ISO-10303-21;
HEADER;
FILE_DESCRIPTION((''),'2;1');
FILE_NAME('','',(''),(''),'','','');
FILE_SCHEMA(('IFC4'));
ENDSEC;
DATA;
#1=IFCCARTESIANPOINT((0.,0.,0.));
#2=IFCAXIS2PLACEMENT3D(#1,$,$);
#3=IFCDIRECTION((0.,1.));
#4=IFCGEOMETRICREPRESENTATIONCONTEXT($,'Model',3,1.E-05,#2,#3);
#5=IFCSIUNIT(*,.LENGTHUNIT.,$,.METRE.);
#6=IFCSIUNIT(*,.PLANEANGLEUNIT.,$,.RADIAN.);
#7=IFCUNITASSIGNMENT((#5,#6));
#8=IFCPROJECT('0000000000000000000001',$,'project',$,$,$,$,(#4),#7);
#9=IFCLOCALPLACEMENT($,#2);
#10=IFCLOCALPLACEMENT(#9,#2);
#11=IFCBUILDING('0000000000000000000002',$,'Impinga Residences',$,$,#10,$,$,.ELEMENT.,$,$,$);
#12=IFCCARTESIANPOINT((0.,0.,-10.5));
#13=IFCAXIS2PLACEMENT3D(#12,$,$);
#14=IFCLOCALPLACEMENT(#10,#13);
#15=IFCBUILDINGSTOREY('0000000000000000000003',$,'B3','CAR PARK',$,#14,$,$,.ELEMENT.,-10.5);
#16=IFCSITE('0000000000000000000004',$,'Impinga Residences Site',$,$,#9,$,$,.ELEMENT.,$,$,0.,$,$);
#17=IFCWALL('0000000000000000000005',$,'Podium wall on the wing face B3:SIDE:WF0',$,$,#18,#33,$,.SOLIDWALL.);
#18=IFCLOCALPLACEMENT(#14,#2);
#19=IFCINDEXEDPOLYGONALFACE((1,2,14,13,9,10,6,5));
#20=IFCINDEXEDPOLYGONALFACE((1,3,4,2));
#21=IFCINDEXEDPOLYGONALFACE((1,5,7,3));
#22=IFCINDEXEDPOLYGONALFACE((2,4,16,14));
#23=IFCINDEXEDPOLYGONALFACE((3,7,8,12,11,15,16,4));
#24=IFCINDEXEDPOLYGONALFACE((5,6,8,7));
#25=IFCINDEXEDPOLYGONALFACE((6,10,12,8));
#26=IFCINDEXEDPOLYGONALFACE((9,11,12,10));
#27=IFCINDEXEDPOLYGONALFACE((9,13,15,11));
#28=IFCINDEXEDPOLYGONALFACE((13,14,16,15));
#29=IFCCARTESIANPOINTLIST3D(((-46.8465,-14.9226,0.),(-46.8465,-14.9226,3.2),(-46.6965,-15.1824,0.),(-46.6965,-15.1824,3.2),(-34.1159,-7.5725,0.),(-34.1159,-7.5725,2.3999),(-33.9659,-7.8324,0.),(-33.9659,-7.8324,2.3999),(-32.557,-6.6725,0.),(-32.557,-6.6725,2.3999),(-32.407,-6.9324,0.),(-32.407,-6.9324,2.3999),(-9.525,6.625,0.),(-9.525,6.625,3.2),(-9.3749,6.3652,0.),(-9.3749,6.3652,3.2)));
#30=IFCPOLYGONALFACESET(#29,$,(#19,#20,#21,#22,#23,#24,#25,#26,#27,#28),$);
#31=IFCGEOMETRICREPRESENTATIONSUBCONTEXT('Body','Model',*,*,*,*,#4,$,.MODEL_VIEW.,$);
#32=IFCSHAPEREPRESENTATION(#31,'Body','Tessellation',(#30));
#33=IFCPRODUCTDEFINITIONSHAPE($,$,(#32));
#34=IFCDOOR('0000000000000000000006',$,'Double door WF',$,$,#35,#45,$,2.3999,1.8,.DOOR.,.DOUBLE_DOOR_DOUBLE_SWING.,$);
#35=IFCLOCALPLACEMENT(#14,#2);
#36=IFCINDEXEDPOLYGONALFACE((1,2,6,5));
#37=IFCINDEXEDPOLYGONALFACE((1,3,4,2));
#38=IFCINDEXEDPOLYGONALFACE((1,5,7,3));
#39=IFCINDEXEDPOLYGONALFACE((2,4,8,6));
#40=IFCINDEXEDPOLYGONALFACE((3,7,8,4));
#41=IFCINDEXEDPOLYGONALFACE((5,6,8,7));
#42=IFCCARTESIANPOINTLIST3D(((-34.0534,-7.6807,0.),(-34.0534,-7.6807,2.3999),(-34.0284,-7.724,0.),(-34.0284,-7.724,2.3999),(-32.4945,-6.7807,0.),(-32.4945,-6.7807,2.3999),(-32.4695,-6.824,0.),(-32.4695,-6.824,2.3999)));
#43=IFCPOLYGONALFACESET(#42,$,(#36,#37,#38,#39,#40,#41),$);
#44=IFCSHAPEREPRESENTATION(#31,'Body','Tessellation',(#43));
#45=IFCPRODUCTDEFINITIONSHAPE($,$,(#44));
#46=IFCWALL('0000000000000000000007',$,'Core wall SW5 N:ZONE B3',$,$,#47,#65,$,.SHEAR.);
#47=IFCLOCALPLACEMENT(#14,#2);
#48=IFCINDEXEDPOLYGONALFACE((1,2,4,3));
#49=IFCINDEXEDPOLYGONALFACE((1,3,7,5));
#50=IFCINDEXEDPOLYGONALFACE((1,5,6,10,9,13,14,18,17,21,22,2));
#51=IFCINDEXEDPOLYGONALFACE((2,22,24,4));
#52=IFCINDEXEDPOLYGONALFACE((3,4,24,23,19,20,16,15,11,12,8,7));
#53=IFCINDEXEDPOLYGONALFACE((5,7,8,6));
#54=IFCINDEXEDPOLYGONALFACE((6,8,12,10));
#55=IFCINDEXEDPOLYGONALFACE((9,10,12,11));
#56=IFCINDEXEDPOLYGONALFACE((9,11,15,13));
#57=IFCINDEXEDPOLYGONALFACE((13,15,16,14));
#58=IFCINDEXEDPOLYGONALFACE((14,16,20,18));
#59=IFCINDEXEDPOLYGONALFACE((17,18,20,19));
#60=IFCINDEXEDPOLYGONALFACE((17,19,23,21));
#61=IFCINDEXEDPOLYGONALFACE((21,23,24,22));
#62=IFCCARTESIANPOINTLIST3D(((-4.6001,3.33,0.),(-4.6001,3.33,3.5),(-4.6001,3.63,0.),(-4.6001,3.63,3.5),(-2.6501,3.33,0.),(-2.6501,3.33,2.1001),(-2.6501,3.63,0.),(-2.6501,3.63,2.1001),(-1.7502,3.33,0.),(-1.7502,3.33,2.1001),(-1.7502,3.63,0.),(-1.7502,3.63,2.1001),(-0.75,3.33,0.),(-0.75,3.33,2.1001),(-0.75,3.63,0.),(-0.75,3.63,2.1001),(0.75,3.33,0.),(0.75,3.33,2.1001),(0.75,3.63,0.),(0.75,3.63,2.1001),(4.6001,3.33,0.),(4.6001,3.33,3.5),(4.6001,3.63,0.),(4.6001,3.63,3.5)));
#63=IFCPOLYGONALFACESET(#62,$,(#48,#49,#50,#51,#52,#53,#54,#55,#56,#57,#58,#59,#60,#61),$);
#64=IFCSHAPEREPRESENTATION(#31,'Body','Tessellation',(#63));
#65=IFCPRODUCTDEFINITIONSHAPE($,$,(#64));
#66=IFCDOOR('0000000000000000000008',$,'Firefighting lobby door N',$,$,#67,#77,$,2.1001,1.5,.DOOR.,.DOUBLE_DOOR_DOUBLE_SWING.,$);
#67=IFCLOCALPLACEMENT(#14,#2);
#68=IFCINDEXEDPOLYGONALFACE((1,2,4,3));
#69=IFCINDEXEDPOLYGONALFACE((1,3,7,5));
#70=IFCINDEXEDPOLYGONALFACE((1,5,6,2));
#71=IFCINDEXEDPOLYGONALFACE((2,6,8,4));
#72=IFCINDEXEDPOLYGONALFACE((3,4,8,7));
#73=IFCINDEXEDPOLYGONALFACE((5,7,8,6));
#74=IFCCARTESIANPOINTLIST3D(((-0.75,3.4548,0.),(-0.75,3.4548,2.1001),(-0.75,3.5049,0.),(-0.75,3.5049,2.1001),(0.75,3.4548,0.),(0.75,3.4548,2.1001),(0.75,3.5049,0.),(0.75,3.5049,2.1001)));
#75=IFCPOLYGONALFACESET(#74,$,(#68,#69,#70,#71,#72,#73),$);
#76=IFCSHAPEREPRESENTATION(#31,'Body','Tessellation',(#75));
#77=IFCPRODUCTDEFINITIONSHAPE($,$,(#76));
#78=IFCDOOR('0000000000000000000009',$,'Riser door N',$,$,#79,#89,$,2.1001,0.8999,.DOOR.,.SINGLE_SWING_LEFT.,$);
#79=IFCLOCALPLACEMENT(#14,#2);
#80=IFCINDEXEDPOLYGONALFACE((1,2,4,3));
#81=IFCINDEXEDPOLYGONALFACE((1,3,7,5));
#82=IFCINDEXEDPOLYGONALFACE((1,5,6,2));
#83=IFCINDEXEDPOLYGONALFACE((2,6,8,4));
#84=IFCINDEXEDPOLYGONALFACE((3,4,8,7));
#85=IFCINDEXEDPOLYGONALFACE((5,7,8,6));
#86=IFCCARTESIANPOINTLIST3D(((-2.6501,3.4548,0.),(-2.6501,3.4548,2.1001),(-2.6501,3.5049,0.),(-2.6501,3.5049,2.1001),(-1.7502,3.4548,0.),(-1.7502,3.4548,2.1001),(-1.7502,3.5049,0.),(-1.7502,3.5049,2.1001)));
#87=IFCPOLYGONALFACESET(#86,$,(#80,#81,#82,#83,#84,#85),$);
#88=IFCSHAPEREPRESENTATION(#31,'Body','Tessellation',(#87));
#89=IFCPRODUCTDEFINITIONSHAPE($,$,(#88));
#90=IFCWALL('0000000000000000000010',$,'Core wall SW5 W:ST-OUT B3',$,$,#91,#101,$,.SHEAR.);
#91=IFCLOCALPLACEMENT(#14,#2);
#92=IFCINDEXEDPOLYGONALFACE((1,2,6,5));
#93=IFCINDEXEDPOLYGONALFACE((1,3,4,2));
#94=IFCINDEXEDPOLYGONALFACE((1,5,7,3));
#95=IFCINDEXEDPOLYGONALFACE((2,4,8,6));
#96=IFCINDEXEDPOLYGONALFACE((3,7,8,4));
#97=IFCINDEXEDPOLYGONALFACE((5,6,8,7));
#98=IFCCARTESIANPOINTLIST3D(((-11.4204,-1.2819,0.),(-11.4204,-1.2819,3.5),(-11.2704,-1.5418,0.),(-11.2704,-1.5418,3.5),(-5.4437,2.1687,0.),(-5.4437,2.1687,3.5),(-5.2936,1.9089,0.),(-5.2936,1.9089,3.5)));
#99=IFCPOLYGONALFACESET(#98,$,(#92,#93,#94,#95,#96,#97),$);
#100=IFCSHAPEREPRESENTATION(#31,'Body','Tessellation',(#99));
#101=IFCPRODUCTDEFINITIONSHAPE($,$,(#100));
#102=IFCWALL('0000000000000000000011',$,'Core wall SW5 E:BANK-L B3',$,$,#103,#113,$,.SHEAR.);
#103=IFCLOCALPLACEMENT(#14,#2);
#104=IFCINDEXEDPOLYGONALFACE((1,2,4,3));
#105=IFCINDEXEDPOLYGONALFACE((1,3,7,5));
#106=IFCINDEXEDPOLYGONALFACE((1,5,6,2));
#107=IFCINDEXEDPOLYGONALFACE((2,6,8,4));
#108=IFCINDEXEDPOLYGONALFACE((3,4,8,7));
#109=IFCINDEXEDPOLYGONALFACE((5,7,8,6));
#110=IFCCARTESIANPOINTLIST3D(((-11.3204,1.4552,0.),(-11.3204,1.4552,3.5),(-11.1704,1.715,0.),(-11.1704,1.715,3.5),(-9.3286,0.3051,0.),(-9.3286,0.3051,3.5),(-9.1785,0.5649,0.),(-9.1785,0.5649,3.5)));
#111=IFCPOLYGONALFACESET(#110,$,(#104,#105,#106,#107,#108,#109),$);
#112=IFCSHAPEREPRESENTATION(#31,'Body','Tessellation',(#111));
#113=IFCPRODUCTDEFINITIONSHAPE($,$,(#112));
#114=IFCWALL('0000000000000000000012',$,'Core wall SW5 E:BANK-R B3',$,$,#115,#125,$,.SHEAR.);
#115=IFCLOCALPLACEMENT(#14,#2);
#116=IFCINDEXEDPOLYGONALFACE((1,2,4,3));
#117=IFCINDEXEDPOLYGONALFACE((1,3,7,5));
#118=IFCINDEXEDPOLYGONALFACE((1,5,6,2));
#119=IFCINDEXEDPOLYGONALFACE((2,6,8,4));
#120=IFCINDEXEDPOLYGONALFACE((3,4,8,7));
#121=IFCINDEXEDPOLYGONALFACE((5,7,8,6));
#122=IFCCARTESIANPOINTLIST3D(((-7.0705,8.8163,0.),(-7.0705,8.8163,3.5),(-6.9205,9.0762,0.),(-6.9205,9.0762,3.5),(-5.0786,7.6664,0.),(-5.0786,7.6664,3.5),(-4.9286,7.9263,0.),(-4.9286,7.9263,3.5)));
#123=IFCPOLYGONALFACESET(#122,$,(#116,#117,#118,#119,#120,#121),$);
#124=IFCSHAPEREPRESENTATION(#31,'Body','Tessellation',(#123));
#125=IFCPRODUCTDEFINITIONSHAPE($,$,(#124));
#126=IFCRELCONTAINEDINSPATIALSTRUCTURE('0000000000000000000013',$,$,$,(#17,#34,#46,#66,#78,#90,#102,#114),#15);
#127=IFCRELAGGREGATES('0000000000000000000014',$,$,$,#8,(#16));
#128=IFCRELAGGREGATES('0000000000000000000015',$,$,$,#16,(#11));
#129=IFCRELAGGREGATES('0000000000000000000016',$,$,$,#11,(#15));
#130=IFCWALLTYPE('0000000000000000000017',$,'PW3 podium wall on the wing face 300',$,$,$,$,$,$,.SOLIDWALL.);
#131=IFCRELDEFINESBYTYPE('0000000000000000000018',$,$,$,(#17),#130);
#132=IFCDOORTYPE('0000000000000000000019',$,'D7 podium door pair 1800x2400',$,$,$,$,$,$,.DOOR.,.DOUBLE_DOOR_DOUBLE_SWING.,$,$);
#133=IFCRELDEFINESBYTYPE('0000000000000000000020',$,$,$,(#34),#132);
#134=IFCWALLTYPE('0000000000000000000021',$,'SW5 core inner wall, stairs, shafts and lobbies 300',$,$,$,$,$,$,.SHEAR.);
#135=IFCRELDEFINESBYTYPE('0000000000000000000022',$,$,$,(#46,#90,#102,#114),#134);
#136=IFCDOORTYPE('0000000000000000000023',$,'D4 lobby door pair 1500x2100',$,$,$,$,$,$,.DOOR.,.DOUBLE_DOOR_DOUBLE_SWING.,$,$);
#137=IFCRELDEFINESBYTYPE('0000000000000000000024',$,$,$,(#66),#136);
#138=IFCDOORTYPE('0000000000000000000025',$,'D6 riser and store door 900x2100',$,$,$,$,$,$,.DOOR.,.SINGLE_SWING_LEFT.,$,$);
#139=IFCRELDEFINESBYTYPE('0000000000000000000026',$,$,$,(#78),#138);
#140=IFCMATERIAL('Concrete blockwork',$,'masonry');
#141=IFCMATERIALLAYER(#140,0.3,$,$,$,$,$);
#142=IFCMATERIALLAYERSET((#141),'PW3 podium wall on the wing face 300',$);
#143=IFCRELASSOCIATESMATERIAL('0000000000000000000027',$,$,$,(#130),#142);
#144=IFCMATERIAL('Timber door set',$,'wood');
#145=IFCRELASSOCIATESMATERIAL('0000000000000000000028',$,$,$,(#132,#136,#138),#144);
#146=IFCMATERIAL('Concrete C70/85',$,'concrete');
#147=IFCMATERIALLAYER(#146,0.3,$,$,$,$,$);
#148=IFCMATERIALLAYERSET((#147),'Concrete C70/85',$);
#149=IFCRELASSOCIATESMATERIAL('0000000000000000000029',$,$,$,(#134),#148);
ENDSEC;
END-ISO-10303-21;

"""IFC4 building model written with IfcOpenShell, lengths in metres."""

from ifc_helpers import new_model, si_unit, direction, frame, frame_2d, origin, place, context, subcontext, project, spatial, rectangle, extrude, material, layer, layer_set, type_object, element, fill, save


model = new_model("IFC4")

# Units and contexts
model_context = context("Model", 3, precision=1e-05, world=origin(), true_north=direction((0.0, 1.0)))
body_context = subcontext(model_context, "Body", "Model", "MODEL_VIEW")
ifc_project = project(units=[si_unit("LENGTHUNIT", "METRE"), si_unit("PLANEANGLEUNIT", "RADIAN")], contexts=[model_context])

# Site, building, storey
site_placement = place(None, origin())
site = spatial("IfcSite", under=ifc_project, at=site_placement, Name="Impinga Residences Site", CompositionType="ELEMENT", RefElevation=0.0)
building_placement = place(site_placement, origin())
building = spatial("IfcBuilding", under=site, at=building_placement, Name="Impinga Residences", CompositionType="ELEMENT")
storey_placement = place(building_placement, frame((0.0, 0.0, -10.5)))
storey = spatial("IfcBuildingStorey", under=building, at=storey_placement, Name="B3", Description="CAR PARK", CompositionType="ELEMENT", Elevation=-10.5)

# Shared definitions
ifc_material_1 = material(Name="Concrete C70/85", Category="concrete")

# Wall, opening, door
ifc_material_2 = material(Name="Concrete blockwork", Category="masonry")
ifc_layer_1 = layer(ifc_material_2, 0.3)
ifc_layer_set_1 = layer_set([ifc_layer_1], Name="PW3 podium wall on the wing face 300")
wall_type_1 = type_object("IfcWallType", Name="PW3 podium wall on the wing face 300", PredefinedType="SOLIDWALL", material=ifc_layer_set_1)
ifc_material_3 = material(Name="Timber door set", Category="wood")
door_type_1 = type_object("IfcDoorType", Name="D7 podium door pair 1800x2400", OperationType="DOUBLE_DOOR_DOUBLE_SWING", PredefinedType="DOOR", material=ifc_material_3)
wall_1_placement = place(storey_placement, frame((-9.45, 6.4951, 0.0), z_axis=(0.0, 0.0, 1.0), x_axis=(-0.866025, -0.5, 0.0)))
wall_1 = element("IfcWall", 1, at=wall_1_placement, inside=storey, type_object=wall_type_1, Name="Podium wall on the wing face B3:SIDE:WF0", PredefinedType="SOLIDWALL", context=body_context, shape_type="SweptSolid", body=[
    extrude(rectangle(XDim=43.0952, YDim=0.3, at=frame_2d((21.5476, 0.0))), origin(), (0.0, 0.0, 1.0), 3.2),
])
opening_1_placement = place(wall_1_placement, frame((26.5952, 0.0, 0.0)))
opening_1 = element("IfcOpeningElement", 2, at=opening_1_placement, cuts=wall_1, PredefinedType="OPENING", context=body_context, shape_type="SweptSolid", body=[
    extrude(rectangle(XDim=1.8, YDim=2.3999, at=frame_2d((0.8999, 1.2))), frame((0.0, 0.1599, 0.0), z_axis=(0.0, -1.0, 0.0), x_axis=(1.0, 0.0, 0.0)), (0.0, 0.0, 1.0), 0.3201),
])
door_1_placement = place(opening_1_placement, origin())
door_1 = element("IfcDoor", 3, at=door_1_placement, inside=storey, type_object=door_type_1, Name="Double door WF", OperationType="DOUBLE_DOOR_DOUBLE_SWING", OverallHeight=2.3999, OverallWidth=1.8, PredefinedType="DOOR", context=body_context, shape_type="SweptSolid", body=[
    extrude(rectangle(XDim=1.8, YDim=2.3999, at=frame_2d((0.8999, 1.2))), frame((0.0, 0.0249, 0.0), z_axis=(0.0, -1.0, 0.0), x_axis=(1.0, 0.0, 0.0)), (0.0, 0.0, 1.0), 0.05),
])
fill(opening_1, door_1)

# Wall, openings, doors
ifc_layer_2 = layer(ifc_material_1, 0.3)
ifc_layer_set_2 = layer_set([ifc_layer_2], Name="Concrete C70/85")
wall_type_2 = type_object("IfcWallType", Name="SW5 core inner wall, stairs, shafts and lobbies 300", PredefinedType="SHEAR", material=ifc_layer_set_2)
wall_2_placement = place(storey_placement, frame((-4.6001, 3.48, 0.0), z_axis=(0.0, 0.0, 1.0), x_axis=(1.0, 0.0, 0.0)))
wall_2 = element("IfcWall", 4, at=wall_2_placement, inside=storey, type_object=wall_type_2, Name="Core wall SW5 N:ZONE B3", PredefinedType="SHEAR", context=body_context, shape_type="SweptSolid", body=[
    extrude(rectangle(XDim=9.2002, YDim=0.3, at=frame_2d((4.6001, 0.0))), origin(), (0.0, 0.0, 1.0), 3.5),
])
opening_2_placement = place(wall_2_placement, frame((3.8501, 0.0, 0.0)))
opening_2 = element("IfcOpeningElement", 5, at=opening_2_placement, cuts=wall_2, PredefinedType="OPENING", context=body_context, shape_type="SweptSolid", body=[
    extrude(rectangle(XDim=1.5, YDim=2.1001, at=frame_2d((0.75, 1.05))), frame((0.0, 0.1599, 0.0), z_axis=(0.0, -1.0, 0.0), x_axis=(1.0, 0.0, 0.0)), (0.0, 0.0, 1.0), 0.3201),
])
opening_3_placement = place(wall_2_placement, frame((1.95, 0.0, 0.0)))
opening_3 = element("IfcOpeningElement", 6, at=opening_3_placement, cuts=wall_2, PredefinedType="OPENING", context=body_context, shape_type="SweptSolid", body=[
    extrude(rectangle(XDim=0.8999, YDim=2.1001, at=frame_2d((0.45, 1.05))), frame((0.0, 0.1599, 0.0), z_axis=(0.0, -1.0, 0.0), x_axis=(1.0, 0.0, 0.0)), (0.0, 0.0, 1.0), 0.3201),
])
door_type_2 = type_object("IfcDoorType", Name="D4 lobby door pair 1500x2100", OperationType="DOUBLE_DOOR_DOUBLE_SWING", PredefinedType="DOOR", material=ifc_material_3)
door_2_placement = place(opening_2_placement, origin())
door_2 = element("IfcDoor", 7, at=door_2_placement, inside=storey, type_object=door_type_2, Name="Firefighting lobby door N", OperationType="DOUBLE_DOOR_DOUBLE_SWING", OverallHeight=2.1001, OverallWidth=1.5, PredefinedType="DOOR", context=body_context, shape_type="SweptSolid", body=[
    extrude(rectangle(XDim=1.5, YDim=2.1001, at=frame_2d((0.75, 1.05))), frame((0.0, 0.0249, 0.0), z_axis=(0.0, -1.0, 0.0), x_axis=(1.0, 0.0, 0.0)), (0.0, 0.0, 1.0), 0.05),
])
fill(opening_2, door_2)
door_type_3 = type_object("IfcDoorType", Name="D6 riser and store door 900x2100", OperationType="SINGLE_SWING_LEFT", PredefinedType="DOOR", material=ifc_material_3)
door_3_placement = place(opening_3_placement, origin())
door_3 = element("IfcDoor", 8, at=door_3_placement, inside=storey, type_object=door_type_3, Name="Riser door N", OperationType="SINGLE_SWING_LEFT", OverallHeight=2.1001, OverallWidth=0.8999, PredefinedType="DOOR", context=body_context, shape_type="SweptSolid", body=[
    extrude(rectangle(XDim=0.8999, YDim=2.1001, at=frame_2d((0.45, 1.05))), frame((0.0, 0.0249, 0.0), z_axis=(0.0, -1.0, 0.0), x_axis=(1.0, 0.0, 0.0)), (0.0, 0.0, 1.0), 0.05),
])
fill(opening_3, door_3)

# Walls
wall_3_placement = place(storey_placement, frame((-5.3687, 2.0388, 0.0), z_axis=(0.0, 0.0, 1.0), x_axis=(-0.866027, -0.499997, 0.0)))
element("IfcWall", 9, at=wall_3_placement, inside=storey, type_object=wall_type_2, Name="Core wall SW5 W:ST-OUT B3", PredefinedType="SHEAR", context=body_context, shape_type="SweptSolid", body=[
    extrude(rectangle(XDim=6.9014, YDim=0.3, at=frame_2d((3.4507, 0.0))), origin(), (0.0, 0.0, 1.0), 3.5),
])
for number, where, z_axis, x_axis, name in (
    (10, (-9.2537, 0.4351, 0.0), (0.0, 0.0, 1.0), (-0.866007, 0.500032, 0.0), "Core wall SW5 E:BANK-L B3"),
    (11, (-5.0037, 7.7964, 0.0), (0.0, 0.0, 1.0), (-0.866053, 0.499952, 0.0), "Core wall SW5 E:BANK-R B3"),
):
    element("IfcWall", number, at=place(storey_placement, frame(where, z_axis=z_axis, x_axis=x_axis)), inside=storey, type_object=wall_type_2, Name=name, PredefinedType="SHEAR", context=body_context, shape_type="SweptSolid", body=[
        extrude(rectangle(XDim=2.3, YDim=0.3, at=frame_2d((1.1499, 0.0))), origin(), (0.0, 0.0, 1.0), 3.5),
    ])

save(model, "model.ifc")
